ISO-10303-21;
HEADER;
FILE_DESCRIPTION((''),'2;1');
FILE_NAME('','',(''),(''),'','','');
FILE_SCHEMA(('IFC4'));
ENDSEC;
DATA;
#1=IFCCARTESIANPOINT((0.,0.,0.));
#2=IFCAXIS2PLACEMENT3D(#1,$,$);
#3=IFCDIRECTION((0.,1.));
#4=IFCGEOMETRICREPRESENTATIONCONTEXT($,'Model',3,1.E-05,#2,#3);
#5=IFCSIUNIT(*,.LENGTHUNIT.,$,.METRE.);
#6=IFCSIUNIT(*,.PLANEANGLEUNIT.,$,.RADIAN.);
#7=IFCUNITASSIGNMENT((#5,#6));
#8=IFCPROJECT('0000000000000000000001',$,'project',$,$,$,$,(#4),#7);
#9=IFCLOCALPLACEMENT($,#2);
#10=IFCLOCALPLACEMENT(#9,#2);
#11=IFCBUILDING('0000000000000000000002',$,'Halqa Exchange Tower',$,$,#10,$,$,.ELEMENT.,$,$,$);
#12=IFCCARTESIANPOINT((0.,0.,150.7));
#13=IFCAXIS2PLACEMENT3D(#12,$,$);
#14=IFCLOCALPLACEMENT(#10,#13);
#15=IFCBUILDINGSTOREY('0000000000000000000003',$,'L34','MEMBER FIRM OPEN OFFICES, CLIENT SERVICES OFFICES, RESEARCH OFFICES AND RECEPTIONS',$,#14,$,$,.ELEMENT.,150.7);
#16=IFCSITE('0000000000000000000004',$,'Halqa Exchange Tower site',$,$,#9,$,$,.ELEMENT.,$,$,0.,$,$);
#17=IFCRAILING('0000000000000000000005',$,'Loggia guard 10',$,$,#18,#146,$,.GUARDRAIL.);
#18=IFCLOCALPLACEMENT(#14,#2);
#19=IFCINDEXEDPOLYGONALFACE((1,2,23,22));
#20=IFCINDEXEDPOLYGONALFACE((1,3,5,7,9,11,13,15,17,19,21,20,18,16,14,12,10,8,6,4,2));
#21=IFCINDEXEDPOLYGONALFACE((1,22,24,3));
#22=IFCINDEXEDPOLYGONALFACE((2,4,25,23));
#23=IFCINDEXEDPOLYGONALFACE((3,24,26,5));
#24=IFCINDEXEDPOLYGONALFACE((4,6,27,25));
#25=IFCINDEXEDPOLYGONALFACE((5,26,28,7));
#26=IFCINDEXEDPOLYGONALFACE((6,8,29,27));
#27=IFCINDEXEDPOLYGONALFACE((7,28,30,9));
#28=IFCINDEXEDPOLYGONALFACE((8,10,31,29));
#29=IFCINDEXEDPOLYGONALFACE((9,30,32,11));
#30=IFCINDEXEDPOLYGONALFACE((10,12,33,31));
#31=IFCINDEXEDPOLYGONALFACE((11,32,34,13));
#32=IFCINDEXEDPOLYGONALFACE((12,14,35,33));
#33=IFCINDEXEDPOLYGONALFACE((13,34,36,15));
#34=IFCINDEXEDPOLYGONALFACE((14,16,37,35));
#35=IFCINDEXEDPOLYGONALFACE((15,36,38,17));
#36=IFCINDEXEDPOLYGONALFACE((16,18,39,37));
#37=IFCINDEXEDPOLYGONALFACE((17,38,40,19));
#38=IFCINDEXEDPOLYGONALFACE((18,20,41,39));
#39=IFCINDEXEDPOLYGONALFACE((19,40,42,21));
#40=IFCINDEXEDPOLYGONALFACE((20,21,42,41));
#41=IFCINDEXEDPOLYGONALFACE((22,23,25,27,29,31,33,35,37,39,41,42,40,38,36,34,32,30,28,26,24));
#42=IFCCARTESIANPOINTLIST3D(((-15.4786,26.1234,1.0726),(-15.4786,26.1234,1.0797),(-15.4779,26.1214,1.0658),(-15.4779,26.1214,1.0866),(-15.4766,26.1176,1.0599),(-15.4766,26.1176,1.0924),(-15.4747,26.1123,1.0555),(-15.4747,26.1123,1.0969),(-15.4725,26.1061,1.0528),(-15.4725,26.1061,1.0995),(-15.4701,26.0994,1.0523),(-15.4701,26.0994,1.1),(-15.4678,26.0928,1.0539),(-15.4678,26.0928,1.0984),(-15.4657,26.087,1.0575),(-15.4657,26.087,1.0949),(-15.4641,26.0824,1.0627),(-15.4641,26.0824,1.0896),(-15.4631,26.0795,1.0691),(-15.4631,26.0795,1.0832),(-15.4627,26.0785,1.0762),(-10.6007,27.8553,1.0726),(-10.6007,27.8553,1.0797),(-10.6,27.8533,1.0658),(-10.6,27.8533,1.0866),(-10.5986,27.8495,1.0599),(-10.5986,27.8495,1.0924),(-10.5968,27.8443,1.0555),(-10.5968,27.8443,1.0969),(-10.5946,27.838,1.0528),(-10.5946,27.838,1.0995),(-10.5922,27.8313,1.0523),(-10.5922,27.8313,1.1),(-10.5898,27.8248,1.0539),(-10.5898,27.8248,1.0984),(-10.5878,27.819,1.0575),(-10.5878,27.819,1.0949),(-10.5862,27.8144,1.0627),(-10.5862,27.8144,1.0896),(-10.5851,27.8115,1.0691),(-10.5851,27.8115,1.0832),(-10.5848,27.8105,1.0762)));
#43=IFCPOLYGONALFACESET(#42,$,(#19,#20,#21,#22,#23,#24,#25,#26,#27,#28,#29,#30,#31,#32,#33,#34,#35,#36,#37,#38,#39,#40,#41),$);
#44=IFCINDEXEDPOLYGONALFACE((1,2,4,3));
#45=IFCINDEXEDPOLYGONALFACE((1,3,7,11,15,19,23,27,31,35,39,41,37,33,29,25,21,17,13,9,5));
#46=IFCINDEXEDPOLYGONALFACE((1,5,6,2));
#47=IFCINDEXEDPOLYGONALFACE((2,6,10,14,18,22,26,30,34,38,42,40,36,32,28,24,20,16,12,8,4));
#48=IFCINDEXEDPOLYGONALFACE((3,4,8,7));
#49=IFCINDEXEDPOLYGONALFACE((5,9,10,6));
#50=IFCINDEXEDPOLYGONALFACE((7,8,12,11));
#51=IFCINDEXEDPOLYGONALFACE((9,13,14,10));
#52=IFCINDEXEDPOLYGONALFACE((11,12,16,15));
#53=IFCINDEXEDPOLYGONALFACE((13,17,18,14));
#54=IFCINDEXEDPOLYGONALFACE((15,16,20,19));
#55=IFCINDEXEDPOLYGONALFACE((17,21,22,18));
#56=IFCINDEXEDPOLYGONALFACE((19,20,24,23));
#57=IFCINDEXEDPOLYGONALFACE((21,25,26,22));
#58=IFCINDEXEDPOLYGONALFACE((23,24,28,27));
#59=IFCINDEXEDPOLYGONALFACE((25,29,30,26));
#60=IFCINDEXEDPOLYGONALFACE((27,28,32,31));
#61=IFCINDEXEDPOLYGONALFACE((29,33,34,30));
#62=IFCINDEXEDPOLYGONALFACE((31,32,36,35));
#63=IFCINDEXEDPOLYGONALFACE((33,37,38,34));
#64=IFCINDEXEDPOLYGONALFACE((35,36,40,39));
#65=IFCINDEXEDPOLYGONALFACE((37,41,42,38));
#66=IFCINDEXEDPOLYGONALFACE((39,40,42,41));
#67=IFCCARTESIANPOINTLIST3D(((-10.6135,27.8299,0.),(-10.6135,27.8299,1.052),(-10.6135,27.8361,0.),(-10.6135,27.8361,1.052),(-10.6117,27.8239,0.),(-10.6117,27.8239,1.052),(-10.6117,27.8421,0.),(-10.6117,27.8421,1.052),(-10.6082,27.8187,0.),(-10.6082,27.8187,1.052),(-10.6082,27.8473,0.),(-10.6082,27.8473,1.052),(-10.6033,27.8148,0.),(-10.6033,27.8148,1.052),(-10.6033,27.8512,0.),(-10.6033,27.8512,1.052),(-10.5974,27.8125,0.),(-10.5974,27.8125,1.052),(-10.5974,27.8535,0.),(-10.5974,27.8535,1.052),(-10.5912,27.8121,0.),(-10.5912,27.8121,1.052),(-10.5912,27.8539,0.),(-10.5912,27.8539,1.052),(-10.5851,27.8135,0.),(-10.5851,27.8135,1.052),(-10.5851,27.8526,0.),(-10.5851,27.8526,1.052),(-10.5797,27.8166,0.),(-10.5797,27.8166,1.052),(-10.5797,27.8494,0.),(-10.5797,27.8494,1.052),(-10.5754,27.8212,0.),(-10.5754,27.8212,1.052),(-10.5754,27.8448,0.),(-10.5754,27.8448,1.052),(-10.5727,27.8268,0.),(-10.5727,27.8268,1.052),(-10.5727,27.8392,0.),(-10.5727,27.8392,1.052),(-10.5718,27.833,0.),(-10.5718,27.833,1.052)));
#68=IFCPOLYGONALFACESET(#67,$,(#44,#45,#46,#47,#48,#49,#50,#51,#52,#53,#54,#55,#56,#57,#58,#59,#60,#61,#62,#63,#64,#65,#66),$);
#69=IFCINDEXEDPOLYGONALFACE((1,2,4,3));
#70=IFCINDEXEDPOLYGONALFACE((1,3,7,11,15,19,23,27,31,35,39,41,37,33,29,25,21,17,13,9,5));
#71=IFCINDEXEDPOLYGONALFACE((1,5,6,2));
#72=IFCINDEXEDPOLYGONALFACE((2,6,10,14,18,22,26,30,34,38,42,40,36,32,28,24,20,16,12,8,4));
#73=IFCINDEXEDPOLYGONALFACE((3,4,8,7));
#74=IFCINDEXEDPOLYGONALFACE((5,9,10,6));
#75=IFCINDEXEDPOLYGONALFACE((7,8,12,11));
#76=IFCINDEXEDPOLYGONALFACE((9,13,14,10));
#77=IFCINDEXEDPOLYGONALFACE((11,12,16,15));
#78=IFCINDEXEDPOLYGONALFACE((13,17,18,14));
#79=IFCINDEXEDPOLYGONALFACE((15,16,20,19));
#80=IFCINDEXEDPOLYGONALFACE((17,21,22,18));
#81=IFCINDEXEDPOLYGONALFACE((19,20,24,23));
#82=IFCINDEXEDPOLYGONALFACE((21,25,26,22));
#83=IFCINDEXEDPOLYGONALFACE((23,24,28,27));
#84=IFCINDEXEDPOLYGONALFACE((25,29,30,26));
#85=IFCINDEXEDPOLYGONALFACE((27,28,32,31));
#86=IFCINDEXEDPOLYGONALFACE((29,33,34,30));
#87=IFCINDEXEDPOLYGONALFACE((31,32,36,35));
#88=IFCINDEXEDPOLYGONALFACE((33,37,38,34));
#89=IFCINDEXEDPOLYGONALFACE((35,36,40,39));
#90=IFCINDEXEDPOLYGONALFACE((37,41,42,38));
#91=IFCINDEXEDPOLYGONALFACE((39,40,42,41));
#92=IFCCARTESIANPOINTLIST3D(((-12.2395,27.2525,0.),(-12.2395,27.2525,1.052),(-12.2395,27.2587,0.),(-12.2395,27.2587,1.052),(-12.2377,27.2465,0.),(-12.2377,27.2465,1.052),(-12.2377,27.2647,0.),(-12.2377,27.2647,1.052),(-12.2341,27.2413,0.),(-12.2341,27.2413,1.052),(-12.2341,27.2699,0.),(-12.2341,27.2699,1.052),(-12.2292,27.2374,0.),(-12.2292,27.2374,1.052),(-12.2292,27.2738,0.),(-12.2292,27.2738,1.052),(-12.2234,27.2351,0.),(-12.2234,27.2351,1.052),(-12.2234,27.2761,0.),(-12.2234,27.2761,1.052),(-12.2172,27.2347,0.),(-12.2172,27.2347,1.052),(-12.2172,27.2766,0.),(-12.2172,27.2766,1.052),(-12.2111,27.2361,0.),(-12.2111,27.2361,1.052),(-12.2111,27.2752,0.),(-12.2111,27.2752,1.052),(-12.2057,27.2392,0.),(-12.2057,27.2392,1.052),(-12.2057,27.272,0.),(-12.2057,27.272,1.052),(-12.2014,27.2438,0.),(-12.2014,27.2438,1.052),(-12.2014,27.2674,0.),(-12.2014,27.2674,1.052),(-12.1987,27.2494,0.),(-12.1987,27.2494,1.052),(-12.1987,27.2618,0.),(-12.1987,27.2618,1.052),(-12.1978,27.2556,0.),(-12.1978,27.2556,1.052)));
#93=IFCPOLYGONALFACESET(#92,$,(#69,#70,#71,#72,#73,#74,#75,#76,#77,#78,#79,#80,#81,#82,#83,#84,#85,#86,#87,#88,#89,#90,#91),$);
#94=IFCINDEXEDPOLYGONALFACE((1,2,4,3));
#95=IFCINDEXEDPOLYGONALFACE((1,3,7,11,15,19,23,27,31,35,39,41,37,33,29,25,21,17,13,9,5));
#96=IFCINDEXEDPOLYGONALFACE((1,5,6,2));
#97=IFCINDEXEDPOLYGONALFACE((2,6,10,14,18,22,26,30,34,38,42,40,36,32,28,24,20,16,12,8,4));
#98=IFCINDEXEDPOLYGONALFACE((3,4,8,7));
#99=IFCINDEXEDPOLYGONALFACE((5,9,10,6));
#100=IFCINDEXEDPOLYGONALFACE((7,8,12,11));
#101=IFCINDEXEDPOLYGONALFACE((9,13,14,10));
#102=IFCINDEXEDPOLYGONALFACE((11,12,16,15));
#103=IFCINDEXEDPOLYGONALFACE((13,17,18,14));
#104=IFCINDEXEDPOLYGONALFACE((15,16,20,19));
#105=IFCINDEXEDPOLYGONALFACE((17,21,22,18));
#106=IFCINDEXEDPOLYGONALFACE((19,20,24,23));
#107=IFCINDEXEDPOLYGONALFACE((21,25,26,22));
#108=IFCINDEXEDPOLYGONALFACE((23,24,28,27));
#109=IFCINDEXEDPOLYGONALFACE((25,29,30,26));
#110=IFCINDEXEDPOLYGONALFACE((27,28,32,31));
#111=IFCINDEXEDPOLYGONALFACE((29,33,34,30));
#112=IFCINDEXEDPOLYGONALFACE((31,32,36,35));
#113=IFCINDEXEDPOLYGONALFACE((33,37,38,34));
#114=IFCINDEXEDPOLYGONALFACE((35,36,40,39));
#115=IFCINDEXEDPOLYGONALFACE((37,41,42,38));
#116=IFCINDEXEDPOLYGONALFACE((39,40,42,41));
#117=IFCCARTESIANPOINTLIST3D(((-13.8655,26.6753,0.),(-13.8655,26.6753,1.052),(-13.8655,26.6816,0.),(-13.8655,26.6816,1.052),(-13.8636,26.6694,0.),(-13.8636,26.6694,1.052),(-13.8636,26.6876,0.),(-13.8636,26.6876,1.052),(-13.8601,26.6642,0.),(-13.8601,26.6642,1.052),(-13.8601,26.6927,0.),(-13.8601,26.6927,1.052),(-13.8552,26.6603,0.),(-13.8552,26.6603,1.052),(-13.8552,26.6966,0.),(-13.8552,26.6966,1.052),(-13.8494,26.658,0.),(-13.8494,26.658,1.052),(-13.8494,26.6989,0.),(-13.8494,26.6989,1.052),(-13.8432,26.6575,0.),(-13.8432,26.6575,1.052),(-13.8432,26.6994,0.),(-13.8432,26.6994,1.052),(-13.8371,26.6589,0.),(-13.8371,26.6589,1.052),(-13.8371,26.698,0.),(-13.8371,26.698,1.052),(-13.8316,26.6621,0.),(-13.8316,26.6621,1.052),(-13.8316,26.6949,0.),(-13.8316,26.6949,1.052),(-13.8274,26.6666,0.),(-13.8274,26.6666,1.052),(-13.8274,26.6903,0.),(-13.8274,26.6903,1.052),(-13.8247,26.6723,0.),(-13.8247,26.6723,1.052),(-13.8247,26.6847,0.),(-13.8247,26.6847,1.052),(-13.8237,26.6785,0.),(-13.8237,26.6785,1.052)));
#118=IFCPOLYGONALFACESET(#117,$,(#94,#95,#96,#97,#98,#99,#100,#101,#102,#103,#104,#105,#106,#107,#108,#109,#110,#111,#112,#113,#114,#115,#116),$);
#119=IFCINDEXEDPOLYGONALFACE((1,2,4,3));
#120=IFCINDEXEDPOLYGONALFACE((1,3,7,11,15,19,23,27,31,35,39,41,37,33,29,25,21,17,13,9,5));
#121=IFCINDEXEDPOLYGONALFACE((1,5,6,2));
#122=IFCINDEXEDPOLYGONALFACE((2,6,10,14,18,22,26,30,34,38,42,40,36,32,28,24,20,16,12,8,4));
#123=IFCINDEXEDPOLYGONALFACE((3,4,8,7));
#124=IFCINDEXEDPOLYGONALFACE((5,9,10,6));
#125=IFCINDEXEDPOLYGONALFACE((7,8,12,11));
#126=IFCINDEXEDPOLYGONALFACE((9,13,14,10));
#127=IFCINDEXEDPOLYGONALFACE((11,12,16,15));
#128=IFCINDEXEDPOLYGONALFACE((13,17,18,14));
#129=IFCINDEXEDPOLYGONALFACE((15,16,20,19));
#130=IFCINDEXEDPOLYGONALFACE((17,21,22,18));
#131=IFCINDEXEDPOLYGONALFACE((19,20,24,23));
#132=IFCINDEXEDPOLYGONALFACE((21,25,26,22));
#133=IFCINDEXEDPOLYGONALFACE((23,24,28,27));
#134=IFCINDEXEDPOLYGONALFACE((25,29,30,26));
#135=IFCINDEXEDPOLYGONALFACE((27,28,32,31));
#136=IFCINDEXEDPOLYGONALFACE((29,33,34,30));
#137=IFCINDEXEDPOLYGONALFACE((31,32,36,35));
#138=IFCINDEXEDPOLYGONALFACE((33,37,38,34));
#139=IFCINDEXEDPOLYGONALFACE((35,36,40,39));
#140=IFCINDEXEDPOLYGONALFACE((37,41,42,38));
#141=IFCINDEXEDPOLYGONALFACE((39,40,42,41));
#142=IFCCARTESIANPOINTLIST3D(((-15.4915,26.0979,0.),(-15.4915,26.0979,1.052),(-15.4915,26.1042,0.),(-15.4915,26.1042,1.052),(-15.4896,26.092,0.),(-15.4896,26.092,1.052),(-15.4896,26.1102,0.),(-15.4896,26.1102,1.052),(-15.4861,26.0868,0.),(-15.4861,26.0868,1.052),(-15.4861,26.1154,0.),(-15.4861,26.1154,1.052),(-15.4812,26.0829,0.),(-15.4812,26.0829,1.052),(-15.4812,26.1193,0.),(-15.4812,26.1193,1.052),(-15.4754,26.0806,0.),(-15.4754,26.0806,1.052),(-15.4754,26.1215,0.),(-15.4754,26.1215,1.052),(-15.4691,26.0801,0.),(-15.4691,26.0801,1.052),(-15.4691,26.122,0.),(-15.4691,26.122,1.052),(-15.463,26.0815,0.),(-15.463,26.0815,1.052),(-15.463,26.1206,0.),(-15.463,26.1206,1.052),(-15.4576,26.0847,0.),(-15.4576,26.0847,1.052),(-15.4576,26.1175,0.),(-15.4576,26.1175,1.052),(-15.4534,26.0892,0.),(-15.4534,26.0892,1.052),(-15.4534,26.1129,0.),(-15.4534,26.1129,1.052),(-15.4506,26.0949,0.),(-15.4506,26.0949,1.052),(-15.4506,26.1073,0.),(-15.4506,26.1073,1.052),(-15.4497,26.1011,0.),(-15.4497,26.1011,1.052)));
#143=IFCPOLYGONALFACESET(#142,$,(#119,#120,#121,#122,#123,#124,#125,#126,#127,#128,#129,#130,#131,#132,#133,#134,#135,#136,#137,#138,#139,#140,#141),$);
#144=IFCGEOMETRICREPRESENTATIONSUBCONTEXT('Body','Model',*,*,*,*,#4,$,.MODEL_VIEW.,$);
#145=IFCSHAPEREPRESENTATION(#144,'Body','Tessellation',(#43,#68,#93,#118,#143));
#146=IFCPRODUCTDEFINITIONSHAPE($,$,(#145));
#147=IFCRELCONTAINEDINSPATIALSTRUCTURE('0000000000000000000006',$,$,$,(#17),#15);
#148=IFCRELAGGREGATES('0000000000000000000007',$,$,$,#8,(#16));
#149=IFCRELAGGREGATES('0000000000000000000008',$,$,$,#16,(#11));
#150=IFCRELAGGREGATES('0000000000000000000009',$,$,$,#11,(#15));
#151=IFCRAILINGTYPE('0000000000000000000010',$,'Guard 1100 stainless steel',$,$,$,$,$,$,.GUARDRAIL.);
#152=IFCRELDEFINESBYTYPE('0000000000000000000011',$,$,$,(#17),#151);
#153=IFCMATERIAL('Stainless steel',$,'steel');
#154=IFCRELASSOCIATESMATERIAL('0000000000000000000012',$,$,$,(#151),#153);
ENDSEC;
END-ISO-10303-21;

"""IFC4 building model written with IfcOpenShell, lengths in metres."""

from ifc_helpers import new_model, si_unit, direction, frame, origin, origin_2d, place, context, subcontext, project, spatial, circle, extrude, material, type_object, element, save


model = new_model("IFC4")

# Units and contexts
model_context = context("Model", 3, precision=1e-05, world=origin(), true_north=direction((0.0, 1.0)))
body_context = subcontext(model_context, "Body", "Model", "MODEL_VIEW")
ifc_project = project(units=[si_unit("LENGTHUNIT", "METRE"), si_unit("PLANEANGLEUNIT", "RADIAN")], contexts=[model_context])

# Site, building, storey
site_placement = place(None, origin())
site = spatial("IfcSite", under=ifc_project, at=site_placement, Name="Halqa Exchange Tower site", CompositionType="ELEMENT", RefElevation=0.0)
building_placement = place(site_placement, origin())
building = spatial("IfcBuilding", under=site, at=building_placement, Name="Halqa Exchange Tower", CompositionType="ELEMENT")
storey_placement = place(building_placement, frame((0.0, 0.0, 150.7)))
storey = spatial("IfcBuildingStorey", under=building, at=storey_placement, Name="L34", Description="MEMBER FIRM OPEN OFFICES, CLIENT SERVICES OFFICES, RESEARCH OFFICES AND RECEPTIONS", CompositionType="ELEMENT", Elevation=150.7)

# Railing
ifc_material_1 = material(Name="Stainless steel", Category="steel")
railing_type_1 = type_object("IfcRailingType", Name="Guard 1100 stainless steel", PredefinedType="GUARDRAIL", material=ifc_material_1)
railing_1_placement = place(storey_placement, frame((-10.5928, 27.833, 0.0)))
element("IfcRailing", 1, at=railing_1_placement, inside=storey, type_object=railing_type_1, Name="Loggia guard 10", PredefinedType="GUARDRAIL", context=body_context, shape_type="SweptSolid", body=[
    extrude(circle(Radius=0.0239, at=origin_2d()), frame((0.0, 0.0, 1.0762), z_axis=(-0.942363, -0.334591, 0.0), x_axis=(0.334591, -0.942363, 0.0)), (0.0, 0.0, 1.0), 5.1763),
    extrude(circle(Radius=0.021, at=origin_2d()), origin(), (0.0, 0.0, 1.0), 1.052),
    extrude(circle(Radius=0.021, at=origin_2d()), frame((-1.626, -0.5774, 0.0)), (0.0, 0.0, 1.0), 1.052),
    extrude(circle(Radius=0.021, at=origin_2d()), frame((-3.252, -1.1545, 0.0)), (0.0, 0.0, 1.0), 1.052),
    extrude(circle(Radius=0.021, at=origin_2d()), frame((-4.8779, -1.7319, 0.0)), (0.0, 0.0, 1.0), 1.052),
])

save(model, "model.ifc")
